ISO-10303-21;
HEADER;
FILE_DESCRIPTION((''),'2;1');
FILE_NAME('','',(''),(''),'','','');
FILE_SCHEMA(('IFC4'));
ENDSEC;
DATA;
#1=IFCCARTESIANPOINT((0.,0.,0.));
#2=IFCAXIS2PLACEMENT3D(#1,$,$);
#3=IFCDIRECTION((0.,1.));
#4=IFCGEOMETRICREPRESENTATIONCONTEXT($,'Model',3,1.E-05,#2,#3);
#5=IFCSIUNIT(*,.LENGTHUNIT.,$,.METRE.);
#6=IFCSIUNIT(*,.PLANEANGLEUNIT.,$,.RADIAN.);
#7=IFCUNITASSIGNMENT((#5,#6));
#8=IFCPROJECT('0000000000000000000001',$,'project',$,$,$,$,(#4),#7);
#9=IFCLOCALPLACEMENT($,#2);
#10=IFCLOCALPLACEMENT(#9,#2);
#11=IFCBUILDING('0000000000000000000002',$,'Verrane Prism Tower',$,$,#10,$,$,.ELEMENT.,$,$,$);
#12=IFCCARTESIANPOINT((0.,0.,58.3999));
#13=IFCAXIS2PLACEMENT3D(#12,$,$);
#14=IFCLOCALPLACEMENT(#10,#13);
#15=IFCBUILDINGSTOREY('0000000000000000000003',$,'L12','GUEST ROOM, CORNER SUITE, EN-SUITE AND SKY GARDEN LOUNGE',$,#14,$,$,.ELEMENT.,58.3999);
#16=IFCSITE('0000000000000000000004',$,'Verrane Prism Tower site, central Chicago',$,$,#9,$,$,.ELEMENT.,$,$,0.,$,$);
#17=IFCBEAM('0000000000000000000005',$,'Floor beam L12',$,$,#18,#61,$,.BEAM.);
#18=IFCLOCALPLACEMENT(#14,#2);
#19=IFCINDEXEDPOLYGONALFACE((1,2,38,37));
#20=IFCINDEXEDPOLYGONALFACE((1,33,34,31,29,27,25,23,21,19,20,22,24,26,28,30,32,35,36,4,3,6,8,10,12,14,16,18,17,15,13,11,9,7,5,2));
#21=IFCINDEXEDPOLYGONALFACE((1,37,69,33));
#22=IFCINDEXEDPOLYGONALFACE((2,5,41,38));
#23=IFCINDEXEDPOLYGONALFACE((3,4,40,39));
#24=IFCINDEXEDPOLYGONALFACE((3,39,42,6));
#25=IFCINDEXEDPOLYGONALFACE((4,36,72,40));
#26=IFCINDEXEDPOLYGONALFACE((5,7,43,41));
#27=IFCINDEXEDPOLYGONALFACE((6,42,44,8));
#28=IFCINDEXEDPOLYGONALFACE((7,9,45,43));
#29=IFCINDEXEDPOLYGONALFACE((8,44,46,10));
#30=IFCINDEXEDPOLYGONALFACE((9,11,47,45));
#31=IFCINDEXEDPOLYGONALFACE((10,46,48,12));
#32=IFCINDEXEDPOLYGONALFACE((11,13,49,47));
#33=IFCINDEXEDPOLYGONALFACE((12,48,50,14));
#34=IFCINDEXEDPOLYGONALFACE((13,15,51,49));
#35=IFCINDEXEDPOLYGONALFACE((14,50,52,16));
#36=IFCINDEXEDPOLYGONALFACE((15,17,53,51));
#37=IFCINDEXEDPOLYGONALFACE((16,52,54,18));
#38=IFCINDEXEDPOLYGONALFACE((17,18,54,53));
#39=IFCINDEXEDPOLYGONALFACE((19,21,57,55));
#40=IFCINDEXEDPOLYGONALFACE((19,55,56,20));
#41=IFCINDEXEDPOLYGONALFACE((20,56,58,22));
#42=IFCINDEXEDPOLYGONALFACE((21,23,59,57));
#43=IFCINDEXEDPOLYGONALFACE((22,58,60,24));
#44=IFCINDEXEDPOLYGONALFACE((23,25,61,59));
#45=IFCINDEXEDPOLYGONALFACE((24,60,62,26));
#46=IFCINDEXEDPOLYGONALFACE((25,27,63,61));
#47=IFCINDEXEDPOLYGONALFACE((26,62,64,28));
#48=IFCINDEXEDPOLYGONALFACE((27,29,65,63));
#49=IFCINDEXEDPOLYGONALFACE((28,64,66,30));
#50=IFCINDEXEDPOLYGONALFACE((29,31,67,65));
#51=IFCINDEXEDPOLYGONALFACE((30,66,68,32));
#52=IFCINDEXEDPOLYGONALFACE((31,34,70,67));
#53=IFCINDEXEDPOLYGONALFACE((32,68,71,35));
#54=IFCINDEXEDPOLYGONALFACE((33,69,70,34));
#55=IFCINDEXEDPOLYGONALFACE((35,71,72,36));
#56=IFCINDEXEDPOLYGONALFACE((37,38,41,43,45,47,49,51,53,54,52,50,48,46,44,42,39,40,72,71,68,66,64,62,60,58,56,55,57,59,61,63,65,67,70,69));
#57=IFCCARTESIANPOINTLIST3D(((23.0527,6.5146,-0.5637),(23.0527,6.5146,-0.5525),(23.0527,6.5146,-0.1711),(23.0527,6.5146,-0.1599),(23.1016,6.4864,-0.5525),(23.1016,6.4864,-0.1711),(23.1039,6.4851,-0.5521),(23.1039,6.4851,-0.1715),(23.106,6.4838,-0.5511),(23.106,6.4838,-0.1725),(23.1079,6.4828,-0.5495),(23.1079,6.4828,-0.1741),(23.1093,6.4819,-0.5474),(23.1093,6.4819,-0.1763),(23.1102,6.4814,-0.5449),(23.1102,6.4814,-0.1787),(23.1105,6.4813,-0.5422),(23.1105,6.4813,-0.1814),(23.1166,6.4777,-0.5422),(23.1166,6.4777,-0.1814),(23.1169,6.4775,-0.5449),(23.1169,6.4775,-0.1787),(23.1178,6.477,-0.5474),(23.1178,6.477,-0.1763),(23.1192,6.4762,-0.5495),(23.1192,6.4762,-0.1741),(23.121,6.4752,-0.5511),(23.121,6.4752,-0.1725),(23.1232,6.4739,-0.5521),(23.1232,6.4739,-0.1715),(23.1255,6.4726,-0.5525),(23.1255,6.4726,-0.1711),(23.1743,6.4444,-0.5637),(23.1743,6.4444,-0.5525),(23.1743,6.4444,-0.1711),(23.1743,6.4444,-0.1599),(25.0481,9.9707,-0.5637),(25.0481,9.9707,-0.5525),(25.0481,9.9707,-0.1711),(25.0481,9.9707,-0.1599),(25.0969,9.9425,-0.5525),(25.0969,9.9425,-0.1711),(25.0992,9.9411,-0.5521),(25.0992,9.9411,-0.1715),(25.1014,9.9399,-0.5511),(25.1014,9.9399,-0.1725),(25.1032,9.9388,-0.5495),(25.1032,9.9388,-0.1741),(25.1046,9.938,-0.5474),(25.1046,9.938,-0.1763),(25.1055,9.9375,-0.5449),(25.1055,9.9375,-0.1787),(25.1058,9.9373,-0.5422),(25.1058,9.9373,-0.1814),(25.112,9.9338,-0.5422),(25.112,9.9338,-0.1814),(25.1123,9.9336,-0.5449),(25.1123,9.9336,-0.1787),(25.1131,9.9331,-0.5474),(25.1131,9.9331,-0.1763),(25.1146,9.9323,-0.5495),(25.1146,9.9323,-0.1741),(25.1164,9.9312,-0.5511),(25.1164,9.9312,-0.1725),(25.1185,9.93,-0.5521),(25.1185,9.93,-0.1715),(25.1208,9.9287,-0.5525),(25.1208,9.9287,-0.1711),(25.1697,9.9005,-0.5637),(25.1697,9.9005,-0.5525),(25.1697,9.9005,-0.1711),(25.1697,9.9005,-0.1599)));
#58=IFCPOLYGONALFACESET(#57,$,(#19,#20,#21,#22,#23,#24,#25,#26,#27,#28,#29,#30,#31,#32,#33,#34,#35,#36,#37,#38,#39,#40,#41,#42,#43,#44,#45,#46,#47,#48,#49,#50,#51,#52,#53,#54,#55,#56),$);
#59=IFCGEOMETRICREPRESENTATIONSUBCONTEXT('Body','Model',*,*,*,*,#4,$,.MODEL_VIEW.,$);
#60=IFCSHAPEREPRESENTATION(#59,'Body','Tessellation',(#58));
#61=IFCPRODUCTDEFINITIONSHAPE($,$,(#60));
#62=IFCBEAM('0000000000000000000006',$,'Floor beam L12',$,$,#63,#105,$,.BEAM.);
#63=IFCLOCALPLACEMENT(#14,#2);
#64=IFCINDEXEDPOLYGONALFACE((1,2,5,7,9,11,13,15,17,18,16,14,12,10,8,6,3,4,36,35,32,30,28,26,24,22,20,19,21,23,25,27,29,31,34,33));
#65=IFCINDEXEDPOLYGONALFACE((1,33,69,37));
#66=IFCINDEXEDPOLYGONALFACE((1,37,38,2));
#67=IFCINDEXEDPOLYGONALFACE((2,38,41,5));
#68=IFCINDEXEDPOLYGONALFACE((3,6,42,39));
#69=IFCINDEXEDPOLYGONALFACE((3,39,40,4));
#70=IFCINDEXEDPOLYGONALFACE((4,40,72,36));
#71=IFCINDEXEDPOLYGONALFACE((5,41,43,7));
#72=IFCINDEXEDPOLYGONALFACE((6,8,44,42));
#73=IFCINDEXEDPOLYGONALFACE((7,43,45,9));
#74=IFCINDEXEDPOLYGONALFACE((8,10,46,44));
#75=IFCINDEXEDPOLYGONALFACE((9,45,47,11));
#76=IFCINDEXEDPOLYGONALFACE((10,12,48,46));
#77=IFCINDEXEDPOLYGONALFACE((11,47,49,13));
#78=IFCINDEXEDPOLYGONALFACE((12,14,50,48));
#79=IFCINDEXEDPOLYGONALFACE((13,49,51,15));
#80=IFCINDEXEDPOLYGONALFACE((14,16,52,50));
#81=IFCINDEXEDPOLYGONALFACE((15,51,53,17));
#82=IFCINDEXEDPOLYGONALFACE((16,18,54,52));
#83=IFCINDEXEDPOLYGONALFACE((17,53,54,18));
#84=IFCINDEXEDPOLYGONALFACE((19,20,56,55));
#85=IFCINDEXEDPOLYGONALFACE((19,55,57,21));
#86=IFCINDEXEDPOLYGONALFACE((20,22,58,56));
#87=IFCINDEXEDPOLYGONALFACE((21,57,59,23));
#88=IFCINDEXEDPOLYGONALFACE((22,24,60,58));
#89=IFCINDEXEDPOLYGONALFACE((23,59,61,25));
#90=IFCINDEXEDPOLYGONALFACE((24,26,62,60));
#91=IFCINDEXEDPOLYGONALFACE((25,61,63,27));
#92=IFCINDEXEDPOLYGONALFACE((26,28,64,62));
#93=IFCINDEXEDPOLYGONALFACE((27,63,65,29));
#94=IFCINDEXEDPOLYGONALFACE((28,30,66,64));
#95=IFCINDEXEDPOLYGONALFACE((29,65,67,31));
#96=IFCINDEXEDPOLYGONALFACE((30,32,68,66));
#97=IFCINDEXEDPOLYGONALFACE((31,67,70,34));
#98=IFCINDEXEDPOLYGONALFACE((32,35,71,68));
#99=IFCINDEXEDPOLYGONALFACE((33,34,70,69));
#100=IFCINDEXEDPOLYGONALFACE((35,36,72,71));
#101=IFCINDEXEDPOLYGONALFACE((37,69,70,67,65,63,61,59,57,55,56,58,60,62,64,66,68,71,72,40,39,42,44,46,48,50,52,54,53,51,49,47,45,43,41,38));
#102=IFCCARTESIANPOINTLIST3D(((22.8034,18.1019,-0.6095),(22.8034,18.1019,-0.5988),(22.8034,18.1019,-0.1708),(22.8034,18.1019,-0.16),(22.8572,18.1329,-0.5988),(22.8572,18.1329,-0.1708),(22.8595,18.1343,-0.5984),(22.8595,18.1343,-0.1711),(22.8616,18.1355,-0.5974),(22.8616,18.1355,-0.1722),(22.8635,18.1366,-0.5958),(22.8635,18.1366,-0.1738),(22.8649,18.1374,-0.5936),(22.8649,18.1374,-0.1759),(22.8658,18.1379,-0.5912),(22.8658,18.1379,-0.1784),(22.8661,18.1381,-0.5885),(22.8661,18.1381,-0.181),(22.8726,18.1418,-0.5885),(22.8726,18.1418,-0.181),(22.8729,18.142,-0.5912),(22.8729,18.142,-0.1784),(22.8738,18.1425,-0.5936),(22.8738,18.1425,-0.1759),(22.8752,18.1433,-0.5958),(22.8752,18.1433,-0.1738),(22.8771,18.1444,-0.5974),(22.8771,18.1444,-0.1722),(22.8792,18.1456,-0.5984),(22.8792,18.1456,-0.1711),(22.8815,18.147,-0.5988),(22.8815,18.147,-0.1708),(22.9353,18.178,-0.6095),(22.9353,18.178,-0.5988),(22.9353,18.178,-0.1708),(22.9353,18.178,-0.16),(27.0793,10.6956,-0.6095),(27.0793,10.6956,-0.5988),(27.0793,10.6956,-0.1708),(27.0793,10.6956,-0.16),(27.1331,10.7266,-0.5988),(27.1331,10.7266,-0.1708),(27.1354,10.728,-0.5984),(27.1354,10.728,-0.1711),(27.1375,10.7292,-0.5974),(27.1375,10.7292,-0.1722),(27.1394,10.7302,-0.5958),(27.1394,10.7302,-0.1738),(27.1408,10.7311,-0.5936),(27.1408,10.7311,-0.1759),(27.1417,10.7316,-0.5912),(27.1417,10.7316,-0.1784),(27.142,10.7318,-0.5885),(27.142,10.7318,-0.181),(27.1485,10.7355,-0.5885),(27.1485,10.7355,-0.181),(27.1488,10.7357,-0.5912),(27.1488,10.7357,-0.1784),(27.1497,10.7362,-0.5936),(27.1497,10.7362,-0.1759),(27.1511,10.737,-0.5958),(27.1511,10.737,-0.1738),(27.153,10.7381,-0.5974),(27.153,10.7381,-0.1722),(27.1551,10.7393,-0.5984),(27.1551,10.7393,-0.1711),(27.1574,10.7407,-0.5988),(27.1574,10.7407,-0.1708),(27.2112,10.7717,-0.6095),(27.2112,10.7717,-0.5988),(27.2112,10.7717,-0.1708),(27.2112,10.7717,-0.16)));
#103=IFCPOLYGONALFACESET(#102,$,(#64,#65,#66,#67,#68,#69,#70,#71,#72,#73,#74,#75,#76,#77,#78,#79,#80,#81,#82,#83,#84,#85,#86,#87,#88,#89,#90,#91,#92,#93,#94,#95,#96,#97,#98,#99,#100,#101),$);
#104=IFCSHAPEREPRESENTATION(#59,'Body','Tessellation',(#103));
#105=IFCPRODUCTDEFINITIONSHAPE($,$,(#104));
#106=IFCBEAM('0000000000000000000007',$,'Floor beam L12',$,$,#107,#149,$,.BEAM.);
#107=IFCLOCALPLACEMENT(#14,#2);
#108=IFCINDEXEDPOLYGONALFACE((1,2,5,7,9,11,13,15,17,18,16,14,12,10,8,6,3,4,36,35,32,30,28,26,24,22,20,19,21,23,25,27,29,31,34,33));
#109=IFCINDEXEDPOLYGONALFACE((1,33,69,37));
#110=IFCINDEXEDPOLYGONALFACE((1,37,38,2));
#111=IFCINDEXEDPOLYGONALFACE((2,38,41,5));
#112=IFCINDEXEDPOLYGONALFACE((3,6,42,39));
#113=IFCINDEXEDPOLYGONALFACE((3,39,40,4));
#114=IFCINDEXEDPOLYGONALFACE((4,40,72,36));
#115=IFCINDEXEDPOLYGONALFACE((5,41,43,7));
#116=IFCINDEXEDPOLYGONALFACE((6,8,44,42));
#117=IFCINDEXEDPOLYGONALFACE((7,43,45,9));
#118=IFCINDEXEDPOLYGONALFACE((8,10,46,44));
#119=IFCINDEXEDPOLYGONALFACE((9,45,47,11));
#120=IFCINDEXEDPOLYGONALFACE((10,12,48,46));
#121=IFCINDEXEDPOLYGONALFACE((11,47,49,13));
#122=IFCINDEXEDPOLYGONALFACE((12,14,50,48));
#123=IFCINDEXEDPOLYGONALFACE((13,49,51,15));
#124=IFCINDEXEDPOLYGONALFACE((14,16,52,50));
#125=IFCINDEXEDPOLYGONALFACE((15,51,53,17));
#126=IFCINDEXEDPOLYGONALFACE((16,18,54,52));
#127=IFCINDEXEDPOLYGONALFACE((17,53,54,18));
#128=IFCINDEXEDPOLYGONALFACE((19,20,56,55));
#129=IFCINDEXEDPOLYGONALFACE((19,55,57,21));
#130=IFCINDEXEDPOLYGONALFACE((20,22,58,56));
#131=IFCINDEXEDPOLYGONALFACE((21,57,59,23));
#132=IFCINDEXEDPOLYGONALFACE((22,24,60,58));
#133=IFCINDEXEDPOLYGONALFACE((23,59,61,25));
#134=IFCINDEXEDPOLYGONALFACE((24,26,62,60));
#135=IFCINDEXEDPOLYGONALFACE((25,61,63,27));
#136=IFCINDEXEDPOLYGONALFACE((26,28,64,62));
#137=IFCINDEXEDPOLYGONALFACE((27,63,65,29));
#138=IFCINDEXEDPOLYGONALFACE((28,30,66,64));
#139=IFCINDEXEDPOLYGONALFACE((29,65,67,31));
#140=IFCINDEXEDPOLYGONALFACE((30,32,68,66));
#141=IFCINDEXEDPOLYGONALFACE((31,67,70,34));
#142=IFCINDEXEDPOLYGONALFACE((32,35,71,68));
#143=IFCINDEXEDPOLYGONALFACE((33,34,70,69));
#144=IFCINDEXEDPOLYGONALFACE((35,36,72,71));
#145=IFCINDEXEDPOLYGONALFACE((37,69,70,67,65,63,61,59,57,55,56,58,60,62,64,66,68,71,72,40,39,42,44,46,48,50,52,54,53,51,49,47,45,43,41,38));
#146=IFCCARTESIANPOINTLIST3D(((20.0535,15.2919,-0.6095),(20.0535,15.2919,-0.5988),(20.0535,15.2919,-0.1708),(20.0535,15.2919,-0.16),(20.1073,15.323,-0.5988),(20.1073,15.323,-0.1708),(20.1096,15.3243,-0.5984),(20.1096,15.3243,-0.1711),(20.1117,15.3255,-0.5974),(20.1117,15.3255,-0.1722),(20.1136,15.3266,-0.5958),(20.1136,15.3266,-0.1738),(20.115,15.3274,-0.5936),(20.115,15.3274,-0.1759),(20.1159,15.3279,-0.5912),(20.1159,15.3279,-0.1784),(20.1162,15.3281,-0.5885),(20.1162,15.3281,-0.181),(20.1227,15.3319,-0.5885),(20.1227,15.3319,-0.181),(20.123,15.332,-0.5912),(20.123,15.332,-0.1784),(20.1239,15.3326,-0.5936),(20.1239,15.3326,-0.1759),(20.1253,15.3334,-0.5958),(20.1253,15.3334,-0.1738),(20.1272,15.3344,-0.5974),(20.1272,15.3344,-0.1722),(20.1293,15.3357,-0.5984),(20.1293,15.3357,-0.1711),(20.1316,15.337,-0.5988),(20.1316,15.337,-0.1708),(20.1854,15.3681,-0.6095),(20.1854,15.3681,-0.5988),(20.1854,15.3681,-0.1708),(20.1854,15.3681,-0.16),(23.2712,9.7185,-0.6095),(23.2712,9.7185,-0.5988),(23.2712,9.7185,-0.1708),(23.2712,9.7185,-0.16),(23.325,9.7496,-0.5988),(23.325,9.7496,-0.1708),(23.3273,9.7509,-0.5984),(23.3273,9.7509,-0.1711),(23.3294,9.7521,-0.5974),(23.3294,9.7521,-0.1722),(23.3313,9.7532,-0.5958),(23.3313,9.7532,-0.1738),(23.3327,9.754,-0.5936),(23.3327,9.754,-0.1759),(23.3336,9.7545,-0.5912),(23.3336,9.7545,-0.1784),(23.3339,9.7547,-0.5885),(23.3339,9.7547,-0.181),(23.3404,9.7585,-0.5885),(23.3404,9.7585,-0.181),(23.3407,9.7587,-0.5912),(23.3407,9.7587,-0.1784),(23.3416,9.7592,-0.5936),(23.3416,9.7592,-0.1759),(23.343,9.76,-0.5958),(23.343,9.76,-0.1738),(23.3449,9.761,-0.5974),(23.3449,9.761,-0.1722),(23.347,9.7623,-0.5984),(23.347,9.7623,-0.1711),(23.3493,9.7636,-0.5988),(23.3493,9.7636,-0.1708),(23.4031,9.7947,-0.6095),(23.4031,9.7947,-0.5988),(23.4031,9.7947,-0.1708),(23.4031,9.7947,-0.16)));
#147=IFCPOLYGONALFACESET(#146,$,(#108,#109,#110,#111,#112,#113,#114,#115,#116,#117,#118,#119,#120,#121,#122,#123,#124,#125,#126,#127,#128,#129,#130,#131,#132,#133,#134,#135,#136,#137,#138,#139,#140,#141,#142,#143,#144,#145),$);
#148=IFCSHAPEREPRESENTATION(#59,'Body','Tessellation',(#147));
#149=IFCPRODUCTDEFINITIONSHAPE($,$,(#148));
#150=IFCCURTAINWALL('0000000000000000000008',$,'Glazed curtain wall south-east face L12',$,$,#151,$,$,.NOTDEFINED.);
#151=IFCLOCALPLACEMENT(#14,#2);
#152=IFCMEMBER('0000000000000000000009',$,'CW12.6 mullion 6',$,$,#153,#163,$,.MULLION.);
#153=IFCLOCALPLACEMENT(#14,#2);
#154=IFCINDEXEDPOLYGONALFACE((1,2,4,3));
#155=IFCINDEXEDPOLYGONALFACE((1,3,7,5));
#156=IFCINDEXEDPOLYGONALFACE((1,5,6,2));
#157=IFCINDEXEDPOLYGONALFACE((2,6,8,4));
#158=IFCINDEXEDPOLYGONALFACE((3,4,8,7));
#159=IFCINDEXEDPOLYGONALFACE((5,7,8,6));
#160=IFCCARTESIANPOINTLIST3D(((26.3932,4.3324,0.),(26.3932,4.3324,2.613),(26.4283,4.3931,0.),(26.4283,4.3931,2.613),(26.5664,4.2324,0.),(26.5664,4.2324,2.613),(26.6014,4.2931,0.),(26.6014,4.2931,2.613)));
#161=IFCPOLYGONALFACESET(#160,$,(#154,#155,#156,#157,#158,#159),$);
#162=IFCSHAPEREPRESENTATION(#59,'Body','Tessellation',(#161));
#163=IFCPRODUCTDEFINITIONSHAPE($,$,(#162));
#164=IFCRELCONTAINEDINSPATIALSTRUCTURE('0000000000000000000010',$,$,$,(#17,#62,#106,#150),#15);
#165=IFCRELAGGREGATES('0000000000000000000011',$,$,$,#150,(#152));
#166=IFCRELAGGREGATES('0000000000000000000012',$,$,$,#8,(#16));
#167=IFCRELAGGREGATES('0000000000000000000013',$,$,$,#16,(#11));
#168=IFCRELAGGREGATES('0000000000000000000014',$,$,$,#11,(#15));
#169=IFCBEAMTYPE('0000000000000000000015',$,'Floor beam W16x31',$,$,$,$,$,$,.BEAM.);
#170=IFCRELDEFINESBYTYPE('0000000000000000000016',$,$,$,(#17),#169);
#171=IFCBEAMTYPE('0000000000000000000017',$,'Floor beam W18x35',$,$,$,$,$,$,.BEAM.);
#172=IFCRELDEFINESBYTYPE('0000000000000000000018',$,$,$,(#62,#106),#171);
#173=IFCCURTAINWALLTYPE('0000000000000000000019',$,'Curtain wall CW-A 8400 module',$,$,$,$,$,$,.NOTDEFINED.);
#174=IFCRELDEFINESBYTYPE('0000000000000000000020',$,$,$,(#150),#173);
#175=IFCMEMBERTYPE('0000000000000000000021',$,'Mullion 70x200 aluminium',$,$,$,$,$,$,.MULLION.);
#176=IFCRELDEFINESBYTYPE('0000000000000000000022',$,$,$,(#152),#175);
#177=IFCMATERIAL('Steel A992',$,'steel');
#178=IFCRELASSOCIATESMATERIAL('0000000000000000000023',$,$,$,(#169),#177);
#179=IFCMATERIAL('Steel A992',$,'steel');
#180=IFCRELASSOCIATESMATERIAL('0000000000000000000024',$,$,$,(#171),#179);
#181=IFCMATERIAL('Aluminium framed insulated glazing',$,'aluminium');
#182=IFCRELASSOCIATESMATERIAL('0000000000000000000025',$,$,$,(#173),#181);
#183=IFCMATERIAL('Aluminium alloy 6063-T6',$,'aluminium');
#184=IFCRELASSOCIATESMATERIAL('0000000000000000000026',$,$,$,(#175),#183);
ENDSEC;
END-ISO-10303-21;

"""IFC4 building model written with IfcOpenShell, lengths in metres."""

from ifc_helpers import new_model, si_unit, direction, frame, origin, origin_2d, place, context, subcontext, project, spatial, rectangle, i_section, extrude, material, material_profile, profile_set, type_object, element, aggregate, save


model = new_model("IFC4")

# Units and contexts
model_context = context("Model", 3, precision=1e-05, world=origin(), true_north=direction((0.0, 1.0)))
body_context = subcontext(model_context, "Body", "Model", "MODEL_VIEW")
ifc_project = project(units=[si_unit("LENGTHUNIT", "METRE"), si_unit("PLANEANGLEUNIT", "RADIAN")], contexts=[model_context])

# Site, building, storey
site_placement = place(None, origin())
site = spatial("IfcSite", under=ifc_project, at=site_placement, Name="Verrane Prism Tower site, central Chicago", CompositionType="ELEMENT", RefElevation=0.0)
building_placement = place(site_placement, origin())
building = spatial("IfcBuilding", under=site, at=building_placement, Name="Verrane Prism Tower", CompositionType="ELEMENT")
storey_placement = place(building_placement, frame((0.0, 0.0, 58.3999)))
storey = spatial("IfcBuildingStorey", under=building, at=storey_placement, Name="L12", Description="GUEST ROOM, CORNER SUITE, EN-SUITE AND SKY GARDEN LOUNGE", CompositionType="ELEMENT", Elevation=58.3999)

# Beams
ifc_material_1 = material(Name="Steel A992", Category="steel")
ifc_material_profile_1 = material_profile(ifc_material_1, i_section(OverallWidth=0.1404, OverallDepth=0.4038, WebThickness=0.0071, FlangeThickness=0.0112, FilletRadius=0.0103, at=origin_2d()), Name="W16x31")
ifc_profile_set_1 = profile_set([ifc_material_profile_1], Name="Steel A992")
beam_type_1 = type_object("IfcBeamType", Name="Floor beam W16x31", PredefinedType="BEAM", material=ifc_profile_set_1)
beam_1_placement = place(storey_placement, frame((23.1135, 6.4795, -0.3618), z_axis=(0.500001, 0.866025, 0.0), x_axis=(-0.866025, 0.500001, 0.0)))
element("IfcBeam", 1, at=beam_1_placement, inside=storey, type_object=beam_type_1, Name="Floor beam L12", PredefinedType="BEAM", context=body_context, shape_type="SweptSolid", body=[
    extrude(i_section(OverallWidth=0.1404, OverallDepth=0.4038, WebThickness=0.0071, FlangeThickness=0.0112, FilletRadius=0.0103, at=origin_2d()), origin(), (0.0, 0.0, 1.0), 3.9907),
])
ifc_material_2 = material(Name="Steel A992", Category="steel")
ifc_material_profile_2 = material_profile(ifc_material_2, i_section(OverallWidth=0.1523, OverallDepth=0.4495, WebThickness=0.0076, FlangeThickness=0.0107, FilletRadius=0.0103, at=origin_2d()), Name="W18x35")
ifc_profile_set_2 = profile_set([ifc_material_profile_2], Name="Steel A992")
beam_type_2 = type_object("IfcBeamType", Name="Floor beam W18x35", PredefinedType="BEAM", material=ifc_profile_set_2)
beam_2_placement = place(storey_placement, frame((27.1453, 10.7336, -0.3848), z_axis=(-0.499989, 0.866032, 0.0), x_axis=(-0.866032, -0.499989, 0.0)))
element("IfcBeam", 2, at=beam_2_placement, inside=storey, type_object=beam_type_2, Name="Floor beam L12", PredefinedType="BEAM", context=body_context, shape_type="SweptSolid", body=[
    extrude(i_section(OverallWidth=0.1523, OverallDepth=0.4495, WebThickness=0.0076, FlangeThickness=0.0107, FilletRadius=0.0103, at=origin_2d()), origin(), (0.0, 0.0, 1.0), 8.552),
])
beam_3_placement = place(storey_placement, frame((23.3372, 9.7566, -0.3848), z_axis=(-0.499991, 0.866031, 0.0), x_axis=(-0.866031, -0.499991, 0.0)))
element("IfcBeam", 3, at=beam_3_placement, inside=storey, type_object=beam_type_2, Name="Floor beam L12", PredefinedType="BEAM", context=body_context, shape_type="SweptSolid", body=[
    extrude(i_section(OverallWidth=0.1523, OverallDepth=0.4495, WebThickness=0.0076, FlangeThickness=0.0107, FilletRadius=0.0103, at=origin_2d()), origin(), (0.0, 0.0, 1.0), 6.4355),
])

# Curtain wall, member
ifc_material_3 = material(Name="Aluminium framed insulated glazing", Category="aluminium")
curtain_wall_type = type_object("IfcCurtainWallType", Name="Curtain wall CW-A 8400 module", PredefinedType="NOTDEFINED", material=ifc_material_3)
curtain_wall_placement = place(storey_placement, origin())
curtain_wall = element("IfcCurtainWall", 4, at=curtain_wall_placement, inside=storey, type_object=curtain_wall_type, Name="Glazed curtain wall south-east face L12", PredefinedType="NOTDEFINED")
ifc_material_4 = material(Name="Aluminium alloy 6063-T6", Category="aluminium")
ifc_material_profile_3 = material_profile(ifc_material_4, rectangle(XDim=0.2, YDim=0.0701, at=origin_2d()), Name="Mullion 70x200 aluminium")
ifc_profile_set_3 = profile_set([ifc_material_profile_3], Name="Aluminium alloy 6063-T6")
member_type_1 = type_object("IfcMemberType", Name="Mullion 70x200 aluminium", PredefinedType="MULLION", material=ifc_profile_set_3)
member_1_placement = place(storey_placement, frame((26.4973, 4.3127, 0.0), z_axis=(0.0, 0.0, 1.0), x_axis=(-0.866026, 0.499999, 0.0)))
member_1 = element("IfcMember", 5, at=member_1_placement, type_object=member_type_1, Name="CW12.6 mullion 6", PredefinedType="MULLION", context=body_context, shape_type="SweptSolid", body=[
    extrude(rectangle(XDim=0.2, YDim=0.0701, at=origin_2d()), origin(), (0.0, 0.0, 1.0), 2.613),
])

aggregate(curtain_wall, [member_1])

save(model, "model.ifc")
